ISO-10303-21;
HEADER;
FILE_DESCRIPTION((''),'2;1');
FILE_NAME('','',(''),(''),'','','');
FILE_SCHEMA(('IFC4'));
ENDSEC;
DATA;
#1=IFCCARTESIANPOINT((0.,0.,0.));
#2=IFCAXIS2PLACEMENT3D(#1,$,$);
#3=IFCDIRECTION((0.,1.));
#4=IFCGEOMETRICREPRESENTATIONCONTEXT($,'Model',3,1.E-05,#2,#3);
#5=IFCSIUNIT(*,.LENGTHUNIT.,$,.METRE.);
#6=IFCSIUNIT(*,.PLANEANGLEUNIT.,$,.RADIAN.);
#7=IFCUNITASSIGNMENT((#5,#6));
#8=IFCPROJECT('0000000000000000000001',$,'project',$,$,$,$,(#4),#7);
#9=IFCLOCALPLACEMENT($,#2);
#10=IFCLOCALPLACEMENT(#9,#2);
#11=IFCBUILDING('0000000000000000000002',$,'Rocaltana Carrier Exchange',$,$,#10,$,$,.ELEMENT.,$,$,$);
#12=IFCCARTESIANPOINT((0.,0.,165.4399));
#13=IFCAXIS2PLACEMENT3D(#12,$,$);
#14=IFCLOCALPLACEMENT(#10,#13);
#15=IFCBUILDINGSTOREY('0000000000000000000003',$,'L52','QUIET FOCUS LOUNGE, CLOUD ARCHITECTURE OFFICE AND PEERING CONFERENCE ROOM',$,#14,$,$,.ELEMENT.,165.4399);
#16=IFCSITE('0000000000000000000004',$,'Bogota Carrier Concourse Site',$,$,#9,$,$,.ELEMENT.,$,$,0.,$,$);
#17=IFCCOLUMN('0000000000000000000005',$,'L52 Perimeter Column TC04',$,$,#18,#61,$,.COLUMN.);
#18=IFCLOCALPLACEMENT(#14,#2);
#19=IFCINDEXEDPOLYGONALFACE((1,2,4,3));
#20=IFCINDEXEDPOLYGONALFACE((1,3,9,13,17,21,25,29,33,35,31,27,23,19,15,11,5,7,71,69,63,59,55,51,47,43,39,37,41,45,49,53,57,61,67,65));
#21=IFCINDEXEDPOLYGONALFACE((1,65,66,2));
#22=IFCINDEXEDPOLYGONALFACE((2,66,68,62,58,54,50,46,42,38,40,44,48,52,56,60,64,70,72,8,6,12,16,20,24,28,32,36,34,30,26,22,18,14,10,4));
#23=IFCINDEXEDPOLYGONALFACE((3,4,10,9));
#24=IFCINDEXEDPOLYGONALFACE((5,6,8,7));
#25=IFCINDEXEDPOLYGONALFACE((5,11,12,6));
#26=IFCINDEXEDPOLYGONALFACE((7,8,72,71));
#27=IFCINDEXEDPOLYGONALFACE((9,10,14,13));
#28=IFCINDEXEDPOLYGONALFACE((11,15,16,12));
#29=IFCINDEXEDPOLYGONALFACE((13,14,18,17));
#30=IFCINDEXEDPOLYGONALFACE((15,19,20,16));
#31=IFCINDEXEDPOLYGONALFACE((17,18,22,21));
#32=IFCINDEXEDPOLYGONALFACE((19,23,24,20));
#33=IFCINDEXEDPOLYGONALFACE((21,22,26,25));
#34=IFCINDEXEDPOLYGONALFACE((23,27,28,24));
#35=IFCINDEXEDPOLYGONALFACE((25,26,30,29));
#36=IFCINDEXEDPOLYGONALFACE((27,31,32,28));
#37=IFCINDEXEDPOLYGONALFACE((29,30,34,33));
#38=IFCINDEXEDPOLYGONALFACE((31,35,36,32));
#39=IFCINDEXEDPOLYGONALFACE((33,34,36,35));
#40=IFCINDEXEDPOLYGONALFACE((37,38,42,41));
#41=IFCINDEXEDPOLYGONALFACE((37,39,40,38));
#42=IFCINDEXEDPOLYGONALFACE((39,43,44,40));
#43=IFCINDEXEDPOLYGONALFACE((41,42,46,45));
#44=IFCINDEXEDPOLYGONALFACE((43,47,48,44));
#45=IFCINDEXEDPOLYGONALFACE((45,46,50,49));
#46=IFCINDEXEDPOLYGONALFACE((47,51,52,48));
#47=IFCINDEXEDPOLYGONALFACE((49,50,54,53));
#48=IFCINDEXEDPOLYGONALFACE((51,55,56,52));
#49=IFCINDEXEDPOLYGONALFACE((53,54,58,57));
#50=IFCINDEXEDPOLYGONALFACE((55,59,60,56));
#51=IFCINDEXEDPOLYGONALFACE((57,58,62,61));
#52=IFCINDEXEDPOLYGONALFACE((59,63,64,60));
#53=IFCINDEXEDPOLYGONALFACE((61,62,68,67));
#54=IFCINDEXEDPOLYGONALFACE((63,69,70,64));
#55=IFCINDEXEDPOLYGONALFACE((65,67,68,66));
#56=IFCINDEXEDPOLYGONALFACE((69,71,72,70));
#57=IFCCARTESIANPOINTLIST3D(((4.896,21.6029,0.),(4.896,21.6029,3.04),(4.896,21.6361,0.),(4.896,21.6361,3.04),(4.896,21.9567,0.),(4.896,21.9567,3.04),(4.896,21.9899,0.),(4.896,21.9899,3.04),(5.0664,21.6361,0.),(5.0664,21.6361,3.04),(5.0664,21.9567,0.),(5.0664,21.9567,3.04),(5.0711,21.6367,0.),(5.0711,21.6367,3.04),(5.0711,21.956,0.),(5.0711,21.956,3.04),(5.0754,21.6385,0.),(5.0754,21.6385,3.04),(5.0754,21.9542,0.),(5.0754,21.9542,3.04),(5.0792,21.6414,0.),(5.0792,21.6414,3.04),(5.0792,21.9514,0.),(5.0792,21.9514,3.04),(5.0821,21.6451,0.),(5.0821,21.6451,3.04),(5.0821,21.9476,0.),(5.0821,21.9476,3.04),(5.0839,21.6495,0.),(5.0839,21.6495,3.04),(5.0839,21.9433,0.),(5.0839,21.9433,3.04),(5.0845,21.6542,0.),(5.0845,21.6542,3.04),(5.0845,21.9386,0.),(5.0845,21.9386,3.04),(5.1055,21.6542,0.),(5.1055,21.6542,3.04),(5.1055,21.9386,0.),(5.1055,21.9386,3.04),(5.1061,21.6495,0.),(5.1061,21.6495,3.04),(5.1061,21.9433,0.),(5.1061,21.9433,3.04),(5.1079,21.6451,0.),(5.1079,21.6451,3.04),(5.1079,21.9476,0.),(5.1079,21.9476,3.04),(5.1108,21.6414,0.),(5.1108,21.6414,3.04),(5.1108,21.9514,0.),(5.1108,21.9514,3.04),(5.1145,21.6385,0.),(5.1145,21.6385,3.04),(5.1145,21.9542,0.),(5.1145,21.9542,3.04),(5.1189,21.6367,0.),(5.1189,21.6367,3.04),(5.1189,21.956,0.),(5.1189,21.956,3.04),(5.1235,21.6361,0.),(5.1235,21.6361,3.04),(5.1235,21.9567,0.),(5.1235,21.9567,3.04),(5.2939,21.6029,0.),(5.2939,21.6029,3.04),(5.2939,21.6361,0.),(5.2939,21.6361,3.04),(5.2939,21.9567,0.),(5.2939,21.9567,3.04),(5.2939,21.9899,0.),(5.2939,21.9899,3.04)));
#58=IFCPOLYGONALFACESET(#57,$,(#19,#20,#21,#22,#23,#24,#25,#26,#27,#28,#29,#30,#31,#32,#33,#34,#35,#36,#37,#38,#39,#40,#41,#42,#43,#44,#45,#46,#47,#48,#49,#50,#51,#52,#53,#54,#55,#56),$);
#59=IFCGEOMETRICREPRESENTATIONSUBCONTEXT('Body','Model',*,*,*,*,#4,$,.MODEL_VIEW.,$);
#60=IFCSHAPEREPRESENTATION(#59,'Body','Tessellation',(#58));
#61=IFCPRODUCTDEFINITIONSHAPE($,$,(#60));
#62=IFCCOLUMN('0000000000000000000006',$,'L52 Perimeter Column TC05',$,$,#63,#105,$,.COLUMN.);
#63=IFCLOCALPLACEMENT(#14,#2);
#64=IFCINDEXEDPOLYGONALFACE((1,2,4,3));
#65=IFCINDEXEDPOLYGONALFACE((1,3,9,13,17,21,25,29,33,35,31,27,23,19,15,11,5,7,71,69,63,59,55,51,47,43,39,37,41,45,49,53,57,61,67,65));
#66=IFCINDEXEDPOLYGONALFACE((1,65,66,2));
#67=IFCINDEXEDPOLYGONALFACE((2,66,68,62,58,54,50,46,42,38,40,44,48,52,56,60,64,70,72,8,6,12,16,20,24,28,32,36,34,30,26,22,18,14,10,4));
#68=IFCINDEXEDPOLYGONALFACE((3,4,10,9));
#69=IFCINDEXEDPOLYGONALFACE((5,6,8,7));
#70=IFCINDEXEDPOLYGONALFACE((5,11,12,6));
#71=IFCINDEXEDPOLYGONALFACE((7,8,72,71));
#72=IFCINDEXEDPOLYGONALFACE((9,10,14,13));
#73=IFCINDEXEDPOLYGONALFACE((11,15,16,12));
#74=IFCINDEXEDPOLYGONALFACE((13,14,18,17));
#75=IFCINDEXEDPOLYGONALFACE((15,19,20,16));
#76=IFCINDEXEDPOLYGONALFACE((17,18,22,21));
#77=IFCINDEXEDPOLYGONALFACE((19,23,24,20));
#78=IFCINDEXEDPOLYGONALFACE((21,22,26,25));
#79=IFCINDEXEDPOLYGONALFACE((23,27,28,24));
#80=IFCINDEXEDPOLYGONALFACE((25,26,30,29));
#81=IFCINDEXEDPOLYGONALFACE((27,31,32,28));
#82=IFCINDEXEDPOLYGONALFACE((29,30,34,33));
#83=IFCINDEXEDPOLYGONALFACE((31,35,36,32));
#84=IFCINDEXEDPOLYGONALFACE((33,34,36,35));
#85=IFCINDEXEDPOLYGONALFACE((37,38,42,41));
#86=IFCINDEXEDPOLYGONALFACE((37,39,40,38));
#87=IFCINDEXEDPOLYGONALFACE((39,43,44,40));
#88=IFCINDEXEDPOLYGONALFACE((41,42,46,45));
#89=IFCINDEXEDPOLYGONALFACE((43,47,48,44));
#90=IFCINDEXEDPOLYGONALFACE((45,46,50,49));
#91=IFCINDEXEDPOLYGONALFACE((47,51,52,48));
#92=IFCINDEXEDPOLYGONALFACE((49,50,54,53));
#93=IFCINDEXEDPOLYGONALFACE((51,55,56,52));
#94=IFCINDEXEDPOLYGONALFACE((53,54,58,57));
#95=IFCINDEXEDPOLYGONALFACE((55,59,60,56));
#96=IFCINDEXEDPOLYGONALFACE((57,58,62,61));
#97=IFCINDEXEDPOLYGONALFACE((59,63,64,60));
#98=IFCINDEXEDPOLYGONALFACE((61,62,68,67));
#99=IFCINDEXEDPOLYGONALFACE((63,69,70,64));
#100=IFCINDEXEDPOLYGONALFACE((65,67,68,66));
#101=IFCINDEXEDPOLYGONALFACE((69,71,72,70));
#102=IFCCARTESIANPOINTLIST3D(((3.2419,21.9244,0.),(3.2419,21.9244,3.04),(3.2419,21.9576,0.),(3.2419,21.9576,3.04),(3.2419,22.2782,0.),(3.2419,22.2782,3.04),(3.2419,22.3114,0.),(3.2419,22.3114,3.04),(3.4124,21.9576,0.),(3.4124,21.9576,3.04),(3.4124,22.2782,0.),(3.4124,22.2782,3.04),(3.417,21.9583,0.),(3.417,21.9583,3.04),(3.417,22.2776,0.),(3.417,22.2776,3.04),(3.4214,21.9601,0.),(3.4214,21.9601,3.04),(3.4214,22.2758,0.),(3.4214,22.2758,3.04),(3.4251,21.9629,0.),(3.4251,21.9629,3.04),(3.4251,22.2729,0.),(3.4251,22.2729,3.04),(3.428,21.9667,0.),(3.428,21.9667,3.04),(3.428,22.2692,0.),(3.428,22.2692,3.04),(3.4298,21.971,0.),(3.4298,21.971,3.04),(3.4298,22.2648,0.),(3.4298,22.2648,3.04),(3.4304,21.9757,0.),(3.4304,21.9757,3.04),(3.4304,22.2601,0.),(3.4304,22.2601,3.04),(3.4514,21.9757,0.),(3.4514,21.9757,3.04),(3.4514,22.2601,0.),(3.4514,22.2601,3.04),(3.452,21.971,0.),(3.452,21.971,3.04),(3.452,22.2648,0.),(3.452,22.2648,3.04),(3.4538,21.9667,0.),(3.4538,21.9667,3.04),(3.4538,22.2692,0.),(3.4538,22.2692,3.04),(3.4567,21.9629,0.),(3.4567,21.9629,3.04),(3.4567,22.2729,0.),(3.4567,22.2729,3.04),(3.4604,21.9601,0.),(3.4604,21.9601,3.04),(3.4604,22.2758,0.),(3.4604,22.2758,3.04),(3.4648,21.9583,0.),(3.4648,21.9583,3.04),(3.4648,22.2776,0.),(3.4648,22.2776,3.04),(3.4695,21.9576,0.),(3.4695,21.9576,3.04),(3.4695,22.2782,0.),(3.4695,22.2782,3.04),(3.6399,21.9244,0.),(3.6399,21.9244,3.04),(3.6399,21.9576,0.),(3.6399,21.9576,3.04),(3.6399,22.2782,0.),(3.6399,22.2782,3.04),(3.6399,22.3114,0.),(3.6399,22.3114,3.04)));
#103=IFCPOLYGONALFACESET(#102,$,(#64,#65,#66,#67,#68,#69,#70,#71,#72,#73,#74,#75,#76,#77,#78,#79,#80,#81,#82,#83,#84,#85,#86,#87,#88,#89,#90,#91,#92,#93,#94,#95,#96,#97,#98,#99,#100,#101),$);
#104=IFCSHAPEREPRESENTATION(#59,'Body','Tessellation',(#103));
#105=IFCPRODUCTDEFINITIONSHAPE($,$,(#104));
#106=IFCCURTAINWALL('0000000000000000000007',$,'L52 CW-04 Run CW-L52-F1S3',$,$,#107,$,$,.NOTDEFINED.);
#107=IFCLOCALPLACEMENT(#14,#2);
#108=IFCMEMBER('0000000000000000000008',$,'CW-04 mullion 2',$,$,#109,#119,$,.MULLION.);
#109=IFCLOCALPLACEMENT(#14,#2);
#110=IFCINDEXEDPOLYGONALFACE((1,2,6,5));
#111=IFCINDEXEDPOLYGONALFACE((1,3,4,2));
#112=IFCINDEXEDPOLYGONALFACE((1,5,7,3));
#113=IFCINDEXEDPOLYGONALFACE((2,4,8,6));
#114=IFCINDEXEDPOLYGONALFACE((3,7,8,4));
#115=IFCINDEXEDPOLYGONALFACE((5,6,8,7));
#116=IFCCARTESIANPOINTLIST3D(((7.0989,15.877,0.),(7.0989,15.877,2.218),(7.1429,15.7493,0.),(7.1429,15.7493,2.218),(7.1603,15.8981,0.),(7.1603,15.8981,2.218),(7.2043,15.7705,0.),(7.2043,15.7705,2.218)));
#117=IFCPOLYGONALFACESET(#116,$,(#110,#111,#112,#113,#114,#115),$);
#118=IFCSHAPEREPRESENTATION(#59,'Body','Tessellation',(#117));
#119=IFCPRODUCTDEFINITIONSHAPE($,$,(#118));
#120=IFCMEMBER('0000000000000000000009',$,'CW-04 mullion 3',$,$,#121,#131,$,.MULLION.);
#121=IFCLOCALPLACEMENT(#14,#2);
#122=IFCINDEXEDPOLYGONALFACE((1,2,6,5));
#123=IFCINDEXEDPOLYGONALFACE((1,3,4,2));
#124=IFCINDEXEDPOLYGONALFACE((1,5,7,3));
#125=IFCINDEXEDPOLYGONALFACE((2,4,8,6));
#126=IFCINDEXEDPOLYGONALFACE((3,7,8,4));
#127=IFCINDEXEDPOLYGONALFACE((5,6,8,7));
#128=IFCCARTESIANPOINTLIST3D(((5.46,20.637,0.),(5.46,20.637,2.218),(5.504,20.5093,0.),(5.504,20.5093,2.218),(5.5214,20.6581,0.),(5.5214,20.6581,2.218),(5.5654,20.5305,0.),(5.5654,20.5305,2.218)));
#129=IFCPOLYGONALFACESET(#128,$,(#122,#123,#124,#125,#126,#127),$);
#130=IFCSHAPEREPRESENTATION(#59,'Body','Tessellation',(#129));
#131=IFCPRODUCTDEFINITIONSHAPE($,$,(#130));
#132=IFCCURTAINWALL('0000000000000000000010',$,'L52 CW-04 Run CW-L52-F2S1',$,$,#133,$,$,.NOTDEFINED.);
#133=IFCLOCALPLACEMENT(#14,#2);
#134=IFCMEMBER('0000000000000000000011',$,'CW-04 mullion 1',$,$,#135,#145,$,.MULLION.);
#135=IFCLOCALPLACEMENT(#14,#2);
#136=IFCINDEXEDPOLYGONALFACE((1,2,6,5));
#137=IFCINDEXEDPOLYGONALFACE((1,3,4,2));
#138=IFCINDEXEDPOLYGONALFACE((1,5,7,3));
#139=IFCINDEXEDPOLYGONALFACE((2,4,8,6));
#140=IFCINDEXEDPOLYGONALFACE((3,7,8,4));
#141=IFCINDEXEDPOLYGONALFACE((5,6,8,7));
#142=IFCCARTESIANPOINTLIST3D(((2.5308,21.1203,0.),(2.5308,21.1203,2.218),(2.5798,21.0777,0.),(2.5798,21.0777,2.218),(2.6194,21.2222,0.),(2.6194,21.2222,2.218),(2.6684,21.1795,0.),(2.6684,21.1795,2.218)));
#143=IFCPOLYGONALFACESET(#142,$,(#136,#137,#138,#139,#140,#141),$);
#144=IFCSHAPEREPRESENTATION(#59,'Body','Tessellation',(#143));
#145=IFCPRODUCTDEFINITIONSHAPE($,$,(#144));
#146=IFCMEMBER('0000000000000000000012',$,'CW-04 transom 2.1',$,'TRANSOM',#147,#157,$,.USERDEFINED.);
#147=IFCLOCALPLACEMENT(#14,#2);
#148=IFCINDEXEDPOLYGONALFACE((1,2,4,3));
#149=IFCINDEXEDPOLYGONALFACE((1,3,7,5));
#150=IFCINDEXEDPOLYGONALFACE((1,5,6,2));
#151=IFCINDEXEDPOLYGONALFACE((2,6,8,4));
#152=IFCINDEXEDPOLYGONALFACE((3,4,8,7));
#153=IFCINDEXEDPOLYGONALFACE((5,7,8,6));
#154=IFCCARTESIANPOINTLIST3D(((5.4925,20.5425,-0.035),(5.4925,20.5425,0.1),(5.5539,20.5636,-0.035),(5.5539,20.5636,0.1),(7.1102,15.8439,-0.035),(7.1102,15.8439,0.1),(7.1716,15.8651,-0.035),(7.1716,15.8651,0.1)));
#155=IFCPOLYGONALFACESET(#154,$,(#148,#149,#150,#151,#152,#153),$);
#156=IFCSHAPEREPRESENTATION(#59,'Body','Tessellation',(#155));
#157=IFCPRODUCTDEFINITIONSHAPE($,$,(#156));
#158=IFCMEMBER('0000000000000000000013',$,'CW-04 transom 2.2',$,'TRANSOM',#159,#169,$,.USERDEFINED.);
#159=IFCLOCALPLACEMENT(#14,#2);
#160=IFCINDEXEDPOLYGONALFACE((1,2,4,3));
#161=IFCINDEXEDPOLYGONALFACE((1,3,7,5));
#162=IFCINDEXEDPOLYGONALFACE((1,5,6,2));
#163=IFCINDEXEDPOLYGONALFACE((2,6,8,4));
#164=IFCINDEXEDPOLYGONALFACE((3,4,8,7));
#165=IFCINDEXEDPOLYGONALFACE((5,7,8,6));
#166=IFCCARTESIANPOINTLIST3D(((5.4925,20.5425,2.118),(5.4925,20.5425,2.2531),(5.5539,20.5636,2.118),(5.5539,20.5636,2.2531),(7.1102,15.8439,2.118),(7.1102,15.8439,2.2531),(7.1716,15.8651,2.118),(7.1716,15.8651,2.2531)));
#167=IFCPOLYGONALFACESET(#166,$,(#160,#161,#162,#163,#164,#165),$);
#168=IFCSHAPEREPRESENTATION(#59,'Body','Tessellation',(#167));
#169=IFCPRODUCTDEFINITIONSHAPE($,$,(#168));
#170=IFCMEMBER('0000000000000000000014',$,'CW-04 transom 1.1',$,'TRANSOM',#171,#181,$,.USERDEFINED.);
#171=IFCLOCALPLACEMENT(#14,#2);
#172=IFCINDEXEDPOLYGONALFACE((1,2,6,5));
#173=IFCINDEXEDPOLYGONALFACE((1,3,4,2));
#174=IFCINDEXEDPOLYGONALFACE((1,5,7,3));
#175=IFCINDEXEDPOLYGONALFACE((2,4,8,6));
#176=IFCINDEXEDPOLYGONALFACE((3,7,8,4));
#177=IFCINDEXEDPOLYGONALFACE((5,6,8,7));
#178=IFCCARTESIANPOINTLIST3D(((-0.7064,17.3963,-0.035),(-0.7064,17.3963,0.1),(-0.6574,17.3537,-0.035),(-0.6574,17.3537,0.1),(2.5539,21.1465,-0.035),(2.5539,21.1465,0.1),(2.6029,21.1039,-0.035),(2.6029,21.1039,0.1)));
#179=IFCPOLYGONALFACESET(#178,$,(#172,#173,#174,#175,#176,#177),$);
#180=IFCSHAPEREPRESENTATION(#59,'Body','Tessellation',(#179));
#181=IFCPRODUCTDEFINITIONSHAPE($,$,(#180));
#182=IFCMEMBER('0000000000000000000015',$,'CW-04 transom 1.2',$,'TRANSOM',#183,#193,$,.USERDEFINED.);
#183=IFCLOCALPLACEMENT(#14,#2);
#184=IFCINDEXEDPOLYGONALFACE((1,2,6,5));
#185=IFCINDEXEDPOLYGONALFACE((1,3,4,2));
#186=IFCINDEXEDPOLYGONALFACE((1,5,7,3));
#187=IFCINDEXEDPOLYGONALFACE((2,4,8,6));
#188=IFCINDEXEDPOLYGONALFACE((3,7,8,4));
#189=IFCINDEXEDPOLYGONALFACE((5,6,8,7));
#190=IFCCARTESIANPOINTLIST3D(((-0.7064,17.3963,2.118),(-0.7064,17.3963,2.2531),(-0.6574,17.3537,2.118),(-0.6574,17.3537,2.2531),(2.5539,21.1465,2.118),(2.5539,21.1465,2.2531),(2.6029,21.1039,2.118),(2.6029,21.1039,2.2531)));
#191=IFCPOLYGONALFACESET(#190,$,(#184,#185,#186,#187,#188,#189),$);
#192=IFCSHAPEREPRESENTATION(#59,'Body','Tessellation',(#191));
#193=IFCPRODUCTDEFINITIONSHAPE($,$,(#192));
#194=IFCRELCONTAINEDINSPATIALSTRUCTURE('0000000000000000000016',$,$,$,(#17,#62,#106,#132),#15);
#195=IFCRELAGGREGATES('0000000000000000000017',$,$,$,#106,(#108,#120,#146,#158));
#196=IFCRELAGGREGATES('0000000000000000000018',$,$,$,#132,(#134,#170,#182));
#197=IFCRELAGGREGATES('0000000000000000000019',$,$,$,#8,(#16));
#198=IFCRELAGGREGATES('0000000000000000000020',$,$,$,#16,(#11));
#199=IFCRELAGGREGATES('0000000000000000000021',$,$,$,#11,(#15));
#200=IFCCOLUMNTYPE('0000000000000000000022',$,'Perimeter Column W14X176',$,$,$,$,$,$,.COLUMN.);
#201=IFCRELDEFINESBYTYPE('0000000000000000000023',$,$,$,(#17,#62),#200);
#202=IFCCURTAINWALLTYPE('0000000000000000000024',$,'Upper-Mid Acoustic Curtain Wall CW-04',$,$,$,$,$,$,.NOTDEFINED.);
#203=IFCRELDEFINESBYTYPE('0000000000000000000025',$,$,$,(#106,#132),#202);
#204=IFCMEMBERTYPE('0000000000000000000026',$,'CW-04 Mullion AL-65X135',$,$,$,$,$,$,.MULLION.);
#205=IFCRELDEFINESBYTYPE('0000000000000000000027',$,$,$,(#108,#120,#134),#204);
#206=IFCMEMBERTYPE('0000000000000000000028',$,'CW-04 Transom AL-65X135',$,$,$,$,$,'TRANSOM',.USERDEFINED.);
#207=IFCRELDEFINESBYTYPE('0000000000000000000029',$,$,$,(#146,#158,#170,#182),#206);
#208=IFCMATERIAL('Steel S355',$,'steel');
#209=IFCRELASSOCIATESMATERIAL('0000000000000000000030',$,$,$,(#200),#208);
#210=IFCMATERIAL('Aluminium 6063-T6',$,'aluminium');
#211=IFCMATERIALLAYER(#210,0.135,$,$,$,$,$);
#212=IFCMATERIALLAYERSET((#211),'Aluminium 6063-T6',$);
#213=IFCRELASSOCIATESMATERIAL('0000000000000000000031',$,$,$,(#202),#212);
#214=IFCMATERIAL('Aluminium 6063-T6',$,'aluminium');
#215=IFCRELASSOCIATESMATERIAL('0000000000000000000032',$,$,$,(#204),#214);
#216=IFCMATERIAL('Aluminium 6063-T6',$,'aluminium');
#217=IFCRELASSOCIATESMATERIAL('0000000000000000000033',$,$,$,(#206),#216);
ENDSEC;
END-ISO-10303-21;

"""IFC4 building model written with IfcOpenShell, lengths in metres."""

from ifc_helpers import new_model, si_unit, direction, frame, origin, origin_2d, place, context, subcontext, project, spatial, rectangle, i_section, extrude, material, layer, layer_set, material_profile, profile_set, type_object, element, aggregate, save


model = new_model("IFC4")

# Units and contexts
model_context = context("Model", 3, precision=1e-05, world=origin(), true_north=direction((0.0, 1.0)))
body_context = subcontext(model_context, "Body", "Model", "MODEL_VIEW")
ifc_project = project(units=[si_unit("LENGTHUNIT", "METRE"), si_unit("PLANEANGLEUNIT", "RADIAN")], contexts=[model_context])

# Site, building, storey
site_placement = place(None, origin())
site = spatial("IfcSite", under=ifc_project, at=site_placement, Name="Bogota Carrier Concourse Site", CompositionType="ELEMENT", RefElevation=0.0)
building_placement = place(site_placement, origin())
building = spatial("IfcBuilding", under=site, at=building_placement, Name="Rocaltana Carrier Exchange", CompositionType="ELEMENT")
storey_placement = place(building_placement, frame((0.0, 0.0, 165.4399)))
storey = spatial("IfcBuildingStorey", under=building, at=storey_placement, Name="L52", Description="QUIET FOCUS LOUNGE, CLOUD ARCHITECTURE OFFICE AND PEERING CONFERENCE ROOM", CompositionType="ELEMENT", Elevation=165.4399)

# Columns
ifc_material_1 = material(Name="Steel S355", Category="steel")
ifc_material_profile_1 = material_profile(ifc_material_1, i_section(OverallWidth=0.3979, OverallDepth=0.387, WebThickness=0.021, FlangeThickness=0.0332, FilletRadius=0.0181, at=origin_2d()), Name="W14X176")
ifc_profile_set_1 = profile_set([ifc_material_profile_1], Name="Steel S355")
column_type = type_object("IfcColumnType", Name="Perimeter Column W14X176", PredefinedType="COLUMN", material=ifc_profile_set_1)
for number, where, z_axis, x_axis, name in (
    (1, (5.095, 21.7964, 0.0), (0.0, 0.0, 1.0), (1.0, 0.0, 0.0), "L52 Perimeter Column TC04"),
    (2, (3.4409, 22.1179, 0.0), (0.0, 0.0, 1.0), (1.0, 0.0, 0.0), "L52 Perimeter Column TC05"),
):
    element("IfcColumn", number, at=place(storey_placement, frame(where, z_axis=z_axis, x_axis=x_axis)), inside=storey, type_object=column_type, Name=name, PredefinedType="COLUMN", context=body_context, shape_type="SweptSolid", body=[
        extrude(i_section(OverallWidth=0.3979, OverallDepth=0.387, WebThickness=0.021, FlangeThickness=0.0332, FilletRadius=0.0181, at=origin_2d()), origin(), (0.0, 0.0, 1.0), 3.04),
    ])

# Curtain wall, members
ifc_material_2 = material(Name="Aluminium 6063-T6", Category="aluminium")
ifc_layer_1 = layer(ifc_material_2, 0.135)
ifc_layer_set_1 = layer_set([ifc_layer_1], Name="Aluminium 6063-T6")
curtain_wall_type = type_object("IfcCurtainWallType", Name="Upper-Mid Acoustic Curtain Wall CW-04", PredefinedType="NOTDEFINED", material=ifc_layer_set_1)
curtain_wall_1_placement = place(storey_placement, origin())
curtain_wall_1 = element("IfcCurtainWall", 3, at=curtain_wall_1_placement, inside=storey, type_object=curtain_wall_type, Name="L52 CW-04 Run CW-L52-F1S3", PredefinedType="NOTDEFINED")
ifc_material_3 = material(Name="Aluminium 6063-T6", Category="aluminium")
ifc_material_profile_2 = material_profile(ifc_material_3, rectangle(XDim=0.0649, YDim=0.135, at=origin_2d()), Name="AL-65X135")
ifc_profile_set_2 = profile_set([ifc_material_profile_2], Name="Aluminium 6063-T6")
member_type_1 = type_object("IfcMemberType", Name="CW-04 Mullion AL-65X135", PredefinedType="MULLION", material=ifc_profile_set_2)
member_1_placement = place(storey_placement, frame((7.1516, 15.8237, 0.0), z_axis=(0.0, 0.0, 1.0), x_axis=(-0.945522, -0.325559, 0.0)))
member_1 = element("IfcMember", 4, at=member_1_placement, type_object=member_type_1, Name="CW-04 mullion 2", PredefinedType="MULLION", context=body_context, shape_type="SweptSolid", body=[
    extrude(rectangle(XDim=0.0649, YDim=0.135, at=origin_2d()), origin(), (0.0, 0.0, 1.0), 2.218),
])
member_2_placement = place(storey_placement, frame((5.5127, 20.5837, 0.0), z_axis=(0.0, 0.0, 1.0), x_axis=(-0.945522, -0.325559, 0.0)))
member_2 = element("IfcMember", 5, at=member_2_placement, type_object=member_type_1, Name="CW-04 mullion 3", PredefinedType="MULLION", context=body_context, shape_type="SweptSolid", body=[
    extrude(rectangle(XDim=0.0649, YDim=0.135, at=origin_2d()), origin(), (0.0, 0.0, 1.0), 2.218),
])

# Curtain wall, member
curtain_wall_2_placement = place(storey_placement, origin())
curtain_wall_2 = element("IfcCurtainWall", 6, at=curtain_wall_2_placement, inside=storey, type_object=curtain_wall_type, Name="L52 CW-04 Run CW-L52-F2S1", PredefinedType="NOTDEFINED")
member_3_placement = place(storey_placement, frame((2.5996, 21.1499, 0.0), z_axis=(0.0, 0.0, 1.0), x_axis=(0.754712, -0.656057, 0.0)))
member_3 = element("IfcMember", 7, at=member_3_placement, type_object=member_type_1, Name="CW-04 mullion 1", PredefinedType="MULLION", context=body_context, shape_type="SweptSolid", body=[
    extrude(rectangle(XDim=0.0649, YDim=0.135, at=origin_2d()), origin(), (0.0, 0.0, 1.0), 2.218),
])

# Members
ifc_material_4 = material(Name="Aluminium 6063-T6", Category="aluminium")
ifc_material_profile_3 = material_profile(ifc_material_4, rectangle(XDim=0.0649, YDim=0.135, at=origin_2d()), Name="AL-65X135")
ifc_profile_set_3 = profile_set([ifc_material_profile_3], Name="Aluminium 6063-T6")
member_type_2 = type_object("IfcMemberType", Name="CW-04 Transom AL-65X135", ElementType="TRANSOM", PredefinedType="USERDEFINED", material=ifc_profile_set_3)
member_4_placement = place(storey_placement, frame((7.1409, 15.8545, 0.0325), z_axis=(-0.325542, 0.945527, 0.0), x_axis=(-0.945527, -0.325542, 0.0)))
member_4 = element("IfcMember", 8, at=member_4_placement, type_object=member_type_2, Name="CW-04 transom 2.1", ObjectType="TRANSOM", PredefinedType="USERDEFINED", context=body_context, shape_type="SweptSolid", body=[
    extrude(rectangle(XDim=0.0649, YDim=0.135, at=origin_2d()), origin(), (0.0, 0.0, 1.0), 4.9692),
])
member_5_placement = place(storey_placement, frame((7.1409, 15.8545, 2.1855), z_axis=(-0.325542, 0.945527, 0.0), x_axis=(-0.945527, -0.325542, 0.0)))
member_5 = element("IfcMember", 9, at=member_5_placement, type_object=member_type_2, Name="CW-04 transom 2.2", ObjectType="TRANSOM", PredefinedType="USERDEFINED", context=body_context, shape_type="SweptSolid", body=[
    extrude(rectangle(XDim=0.0649, YDim=0.135, at=origin_2d()), origin(), (0.0, 0.0, 1.0), 4.9692),
])
member_6_placement = place(storey_placement, frame((2.5784, 21.1252, 0.0325), z_axis=(-0.656084, -0.754688, 0.0), x_axis=(0.754688, -0.656084, 0.0)))
member_6 = element("IfcMember", 10, at=member_6_placement, type_object=member_type_2, Name="CW-04 transom 1.1", ObjectType="TRANSOM", PredefinedType="USERDEFINED", context=body_context, shape_type="SweptSolid", body=[
    extrude(rectangle(XDim=0.0649, YDim=0.135, at=origin_2d()), origin(), (0.0, 0.0, 1.0), 4.9692),
])
member_7_placement = place(storey_placement, frame((2.5784, 21.1252, 2.1855), z_axis=(-0.656084, -0.754688, 0.0), x_axis=(0.754688, -0.656084, 0.0)))
member_7 = element("IfcMember", 11, at=member_7_placement, type_object=member_type_2, Name="CW-04 transom 1.2", ObjectType="TRANSOM", PredefinedType="USERDEFINED", context=body_context, shape_type="SweptSolid", body=[
    extrude(rectangle(XDim=0.0649, YDim=0.135, at=origin_2d()), origin(), (0.0, 0.0, 1.0), 4.9692),
])

aggregate(curtain_wall_1, [member_1, member_2, member_4, member_5])
aggregate(curtain_wall_2, [member_3, member_6, member_7])

save(model, "model.ifc")
